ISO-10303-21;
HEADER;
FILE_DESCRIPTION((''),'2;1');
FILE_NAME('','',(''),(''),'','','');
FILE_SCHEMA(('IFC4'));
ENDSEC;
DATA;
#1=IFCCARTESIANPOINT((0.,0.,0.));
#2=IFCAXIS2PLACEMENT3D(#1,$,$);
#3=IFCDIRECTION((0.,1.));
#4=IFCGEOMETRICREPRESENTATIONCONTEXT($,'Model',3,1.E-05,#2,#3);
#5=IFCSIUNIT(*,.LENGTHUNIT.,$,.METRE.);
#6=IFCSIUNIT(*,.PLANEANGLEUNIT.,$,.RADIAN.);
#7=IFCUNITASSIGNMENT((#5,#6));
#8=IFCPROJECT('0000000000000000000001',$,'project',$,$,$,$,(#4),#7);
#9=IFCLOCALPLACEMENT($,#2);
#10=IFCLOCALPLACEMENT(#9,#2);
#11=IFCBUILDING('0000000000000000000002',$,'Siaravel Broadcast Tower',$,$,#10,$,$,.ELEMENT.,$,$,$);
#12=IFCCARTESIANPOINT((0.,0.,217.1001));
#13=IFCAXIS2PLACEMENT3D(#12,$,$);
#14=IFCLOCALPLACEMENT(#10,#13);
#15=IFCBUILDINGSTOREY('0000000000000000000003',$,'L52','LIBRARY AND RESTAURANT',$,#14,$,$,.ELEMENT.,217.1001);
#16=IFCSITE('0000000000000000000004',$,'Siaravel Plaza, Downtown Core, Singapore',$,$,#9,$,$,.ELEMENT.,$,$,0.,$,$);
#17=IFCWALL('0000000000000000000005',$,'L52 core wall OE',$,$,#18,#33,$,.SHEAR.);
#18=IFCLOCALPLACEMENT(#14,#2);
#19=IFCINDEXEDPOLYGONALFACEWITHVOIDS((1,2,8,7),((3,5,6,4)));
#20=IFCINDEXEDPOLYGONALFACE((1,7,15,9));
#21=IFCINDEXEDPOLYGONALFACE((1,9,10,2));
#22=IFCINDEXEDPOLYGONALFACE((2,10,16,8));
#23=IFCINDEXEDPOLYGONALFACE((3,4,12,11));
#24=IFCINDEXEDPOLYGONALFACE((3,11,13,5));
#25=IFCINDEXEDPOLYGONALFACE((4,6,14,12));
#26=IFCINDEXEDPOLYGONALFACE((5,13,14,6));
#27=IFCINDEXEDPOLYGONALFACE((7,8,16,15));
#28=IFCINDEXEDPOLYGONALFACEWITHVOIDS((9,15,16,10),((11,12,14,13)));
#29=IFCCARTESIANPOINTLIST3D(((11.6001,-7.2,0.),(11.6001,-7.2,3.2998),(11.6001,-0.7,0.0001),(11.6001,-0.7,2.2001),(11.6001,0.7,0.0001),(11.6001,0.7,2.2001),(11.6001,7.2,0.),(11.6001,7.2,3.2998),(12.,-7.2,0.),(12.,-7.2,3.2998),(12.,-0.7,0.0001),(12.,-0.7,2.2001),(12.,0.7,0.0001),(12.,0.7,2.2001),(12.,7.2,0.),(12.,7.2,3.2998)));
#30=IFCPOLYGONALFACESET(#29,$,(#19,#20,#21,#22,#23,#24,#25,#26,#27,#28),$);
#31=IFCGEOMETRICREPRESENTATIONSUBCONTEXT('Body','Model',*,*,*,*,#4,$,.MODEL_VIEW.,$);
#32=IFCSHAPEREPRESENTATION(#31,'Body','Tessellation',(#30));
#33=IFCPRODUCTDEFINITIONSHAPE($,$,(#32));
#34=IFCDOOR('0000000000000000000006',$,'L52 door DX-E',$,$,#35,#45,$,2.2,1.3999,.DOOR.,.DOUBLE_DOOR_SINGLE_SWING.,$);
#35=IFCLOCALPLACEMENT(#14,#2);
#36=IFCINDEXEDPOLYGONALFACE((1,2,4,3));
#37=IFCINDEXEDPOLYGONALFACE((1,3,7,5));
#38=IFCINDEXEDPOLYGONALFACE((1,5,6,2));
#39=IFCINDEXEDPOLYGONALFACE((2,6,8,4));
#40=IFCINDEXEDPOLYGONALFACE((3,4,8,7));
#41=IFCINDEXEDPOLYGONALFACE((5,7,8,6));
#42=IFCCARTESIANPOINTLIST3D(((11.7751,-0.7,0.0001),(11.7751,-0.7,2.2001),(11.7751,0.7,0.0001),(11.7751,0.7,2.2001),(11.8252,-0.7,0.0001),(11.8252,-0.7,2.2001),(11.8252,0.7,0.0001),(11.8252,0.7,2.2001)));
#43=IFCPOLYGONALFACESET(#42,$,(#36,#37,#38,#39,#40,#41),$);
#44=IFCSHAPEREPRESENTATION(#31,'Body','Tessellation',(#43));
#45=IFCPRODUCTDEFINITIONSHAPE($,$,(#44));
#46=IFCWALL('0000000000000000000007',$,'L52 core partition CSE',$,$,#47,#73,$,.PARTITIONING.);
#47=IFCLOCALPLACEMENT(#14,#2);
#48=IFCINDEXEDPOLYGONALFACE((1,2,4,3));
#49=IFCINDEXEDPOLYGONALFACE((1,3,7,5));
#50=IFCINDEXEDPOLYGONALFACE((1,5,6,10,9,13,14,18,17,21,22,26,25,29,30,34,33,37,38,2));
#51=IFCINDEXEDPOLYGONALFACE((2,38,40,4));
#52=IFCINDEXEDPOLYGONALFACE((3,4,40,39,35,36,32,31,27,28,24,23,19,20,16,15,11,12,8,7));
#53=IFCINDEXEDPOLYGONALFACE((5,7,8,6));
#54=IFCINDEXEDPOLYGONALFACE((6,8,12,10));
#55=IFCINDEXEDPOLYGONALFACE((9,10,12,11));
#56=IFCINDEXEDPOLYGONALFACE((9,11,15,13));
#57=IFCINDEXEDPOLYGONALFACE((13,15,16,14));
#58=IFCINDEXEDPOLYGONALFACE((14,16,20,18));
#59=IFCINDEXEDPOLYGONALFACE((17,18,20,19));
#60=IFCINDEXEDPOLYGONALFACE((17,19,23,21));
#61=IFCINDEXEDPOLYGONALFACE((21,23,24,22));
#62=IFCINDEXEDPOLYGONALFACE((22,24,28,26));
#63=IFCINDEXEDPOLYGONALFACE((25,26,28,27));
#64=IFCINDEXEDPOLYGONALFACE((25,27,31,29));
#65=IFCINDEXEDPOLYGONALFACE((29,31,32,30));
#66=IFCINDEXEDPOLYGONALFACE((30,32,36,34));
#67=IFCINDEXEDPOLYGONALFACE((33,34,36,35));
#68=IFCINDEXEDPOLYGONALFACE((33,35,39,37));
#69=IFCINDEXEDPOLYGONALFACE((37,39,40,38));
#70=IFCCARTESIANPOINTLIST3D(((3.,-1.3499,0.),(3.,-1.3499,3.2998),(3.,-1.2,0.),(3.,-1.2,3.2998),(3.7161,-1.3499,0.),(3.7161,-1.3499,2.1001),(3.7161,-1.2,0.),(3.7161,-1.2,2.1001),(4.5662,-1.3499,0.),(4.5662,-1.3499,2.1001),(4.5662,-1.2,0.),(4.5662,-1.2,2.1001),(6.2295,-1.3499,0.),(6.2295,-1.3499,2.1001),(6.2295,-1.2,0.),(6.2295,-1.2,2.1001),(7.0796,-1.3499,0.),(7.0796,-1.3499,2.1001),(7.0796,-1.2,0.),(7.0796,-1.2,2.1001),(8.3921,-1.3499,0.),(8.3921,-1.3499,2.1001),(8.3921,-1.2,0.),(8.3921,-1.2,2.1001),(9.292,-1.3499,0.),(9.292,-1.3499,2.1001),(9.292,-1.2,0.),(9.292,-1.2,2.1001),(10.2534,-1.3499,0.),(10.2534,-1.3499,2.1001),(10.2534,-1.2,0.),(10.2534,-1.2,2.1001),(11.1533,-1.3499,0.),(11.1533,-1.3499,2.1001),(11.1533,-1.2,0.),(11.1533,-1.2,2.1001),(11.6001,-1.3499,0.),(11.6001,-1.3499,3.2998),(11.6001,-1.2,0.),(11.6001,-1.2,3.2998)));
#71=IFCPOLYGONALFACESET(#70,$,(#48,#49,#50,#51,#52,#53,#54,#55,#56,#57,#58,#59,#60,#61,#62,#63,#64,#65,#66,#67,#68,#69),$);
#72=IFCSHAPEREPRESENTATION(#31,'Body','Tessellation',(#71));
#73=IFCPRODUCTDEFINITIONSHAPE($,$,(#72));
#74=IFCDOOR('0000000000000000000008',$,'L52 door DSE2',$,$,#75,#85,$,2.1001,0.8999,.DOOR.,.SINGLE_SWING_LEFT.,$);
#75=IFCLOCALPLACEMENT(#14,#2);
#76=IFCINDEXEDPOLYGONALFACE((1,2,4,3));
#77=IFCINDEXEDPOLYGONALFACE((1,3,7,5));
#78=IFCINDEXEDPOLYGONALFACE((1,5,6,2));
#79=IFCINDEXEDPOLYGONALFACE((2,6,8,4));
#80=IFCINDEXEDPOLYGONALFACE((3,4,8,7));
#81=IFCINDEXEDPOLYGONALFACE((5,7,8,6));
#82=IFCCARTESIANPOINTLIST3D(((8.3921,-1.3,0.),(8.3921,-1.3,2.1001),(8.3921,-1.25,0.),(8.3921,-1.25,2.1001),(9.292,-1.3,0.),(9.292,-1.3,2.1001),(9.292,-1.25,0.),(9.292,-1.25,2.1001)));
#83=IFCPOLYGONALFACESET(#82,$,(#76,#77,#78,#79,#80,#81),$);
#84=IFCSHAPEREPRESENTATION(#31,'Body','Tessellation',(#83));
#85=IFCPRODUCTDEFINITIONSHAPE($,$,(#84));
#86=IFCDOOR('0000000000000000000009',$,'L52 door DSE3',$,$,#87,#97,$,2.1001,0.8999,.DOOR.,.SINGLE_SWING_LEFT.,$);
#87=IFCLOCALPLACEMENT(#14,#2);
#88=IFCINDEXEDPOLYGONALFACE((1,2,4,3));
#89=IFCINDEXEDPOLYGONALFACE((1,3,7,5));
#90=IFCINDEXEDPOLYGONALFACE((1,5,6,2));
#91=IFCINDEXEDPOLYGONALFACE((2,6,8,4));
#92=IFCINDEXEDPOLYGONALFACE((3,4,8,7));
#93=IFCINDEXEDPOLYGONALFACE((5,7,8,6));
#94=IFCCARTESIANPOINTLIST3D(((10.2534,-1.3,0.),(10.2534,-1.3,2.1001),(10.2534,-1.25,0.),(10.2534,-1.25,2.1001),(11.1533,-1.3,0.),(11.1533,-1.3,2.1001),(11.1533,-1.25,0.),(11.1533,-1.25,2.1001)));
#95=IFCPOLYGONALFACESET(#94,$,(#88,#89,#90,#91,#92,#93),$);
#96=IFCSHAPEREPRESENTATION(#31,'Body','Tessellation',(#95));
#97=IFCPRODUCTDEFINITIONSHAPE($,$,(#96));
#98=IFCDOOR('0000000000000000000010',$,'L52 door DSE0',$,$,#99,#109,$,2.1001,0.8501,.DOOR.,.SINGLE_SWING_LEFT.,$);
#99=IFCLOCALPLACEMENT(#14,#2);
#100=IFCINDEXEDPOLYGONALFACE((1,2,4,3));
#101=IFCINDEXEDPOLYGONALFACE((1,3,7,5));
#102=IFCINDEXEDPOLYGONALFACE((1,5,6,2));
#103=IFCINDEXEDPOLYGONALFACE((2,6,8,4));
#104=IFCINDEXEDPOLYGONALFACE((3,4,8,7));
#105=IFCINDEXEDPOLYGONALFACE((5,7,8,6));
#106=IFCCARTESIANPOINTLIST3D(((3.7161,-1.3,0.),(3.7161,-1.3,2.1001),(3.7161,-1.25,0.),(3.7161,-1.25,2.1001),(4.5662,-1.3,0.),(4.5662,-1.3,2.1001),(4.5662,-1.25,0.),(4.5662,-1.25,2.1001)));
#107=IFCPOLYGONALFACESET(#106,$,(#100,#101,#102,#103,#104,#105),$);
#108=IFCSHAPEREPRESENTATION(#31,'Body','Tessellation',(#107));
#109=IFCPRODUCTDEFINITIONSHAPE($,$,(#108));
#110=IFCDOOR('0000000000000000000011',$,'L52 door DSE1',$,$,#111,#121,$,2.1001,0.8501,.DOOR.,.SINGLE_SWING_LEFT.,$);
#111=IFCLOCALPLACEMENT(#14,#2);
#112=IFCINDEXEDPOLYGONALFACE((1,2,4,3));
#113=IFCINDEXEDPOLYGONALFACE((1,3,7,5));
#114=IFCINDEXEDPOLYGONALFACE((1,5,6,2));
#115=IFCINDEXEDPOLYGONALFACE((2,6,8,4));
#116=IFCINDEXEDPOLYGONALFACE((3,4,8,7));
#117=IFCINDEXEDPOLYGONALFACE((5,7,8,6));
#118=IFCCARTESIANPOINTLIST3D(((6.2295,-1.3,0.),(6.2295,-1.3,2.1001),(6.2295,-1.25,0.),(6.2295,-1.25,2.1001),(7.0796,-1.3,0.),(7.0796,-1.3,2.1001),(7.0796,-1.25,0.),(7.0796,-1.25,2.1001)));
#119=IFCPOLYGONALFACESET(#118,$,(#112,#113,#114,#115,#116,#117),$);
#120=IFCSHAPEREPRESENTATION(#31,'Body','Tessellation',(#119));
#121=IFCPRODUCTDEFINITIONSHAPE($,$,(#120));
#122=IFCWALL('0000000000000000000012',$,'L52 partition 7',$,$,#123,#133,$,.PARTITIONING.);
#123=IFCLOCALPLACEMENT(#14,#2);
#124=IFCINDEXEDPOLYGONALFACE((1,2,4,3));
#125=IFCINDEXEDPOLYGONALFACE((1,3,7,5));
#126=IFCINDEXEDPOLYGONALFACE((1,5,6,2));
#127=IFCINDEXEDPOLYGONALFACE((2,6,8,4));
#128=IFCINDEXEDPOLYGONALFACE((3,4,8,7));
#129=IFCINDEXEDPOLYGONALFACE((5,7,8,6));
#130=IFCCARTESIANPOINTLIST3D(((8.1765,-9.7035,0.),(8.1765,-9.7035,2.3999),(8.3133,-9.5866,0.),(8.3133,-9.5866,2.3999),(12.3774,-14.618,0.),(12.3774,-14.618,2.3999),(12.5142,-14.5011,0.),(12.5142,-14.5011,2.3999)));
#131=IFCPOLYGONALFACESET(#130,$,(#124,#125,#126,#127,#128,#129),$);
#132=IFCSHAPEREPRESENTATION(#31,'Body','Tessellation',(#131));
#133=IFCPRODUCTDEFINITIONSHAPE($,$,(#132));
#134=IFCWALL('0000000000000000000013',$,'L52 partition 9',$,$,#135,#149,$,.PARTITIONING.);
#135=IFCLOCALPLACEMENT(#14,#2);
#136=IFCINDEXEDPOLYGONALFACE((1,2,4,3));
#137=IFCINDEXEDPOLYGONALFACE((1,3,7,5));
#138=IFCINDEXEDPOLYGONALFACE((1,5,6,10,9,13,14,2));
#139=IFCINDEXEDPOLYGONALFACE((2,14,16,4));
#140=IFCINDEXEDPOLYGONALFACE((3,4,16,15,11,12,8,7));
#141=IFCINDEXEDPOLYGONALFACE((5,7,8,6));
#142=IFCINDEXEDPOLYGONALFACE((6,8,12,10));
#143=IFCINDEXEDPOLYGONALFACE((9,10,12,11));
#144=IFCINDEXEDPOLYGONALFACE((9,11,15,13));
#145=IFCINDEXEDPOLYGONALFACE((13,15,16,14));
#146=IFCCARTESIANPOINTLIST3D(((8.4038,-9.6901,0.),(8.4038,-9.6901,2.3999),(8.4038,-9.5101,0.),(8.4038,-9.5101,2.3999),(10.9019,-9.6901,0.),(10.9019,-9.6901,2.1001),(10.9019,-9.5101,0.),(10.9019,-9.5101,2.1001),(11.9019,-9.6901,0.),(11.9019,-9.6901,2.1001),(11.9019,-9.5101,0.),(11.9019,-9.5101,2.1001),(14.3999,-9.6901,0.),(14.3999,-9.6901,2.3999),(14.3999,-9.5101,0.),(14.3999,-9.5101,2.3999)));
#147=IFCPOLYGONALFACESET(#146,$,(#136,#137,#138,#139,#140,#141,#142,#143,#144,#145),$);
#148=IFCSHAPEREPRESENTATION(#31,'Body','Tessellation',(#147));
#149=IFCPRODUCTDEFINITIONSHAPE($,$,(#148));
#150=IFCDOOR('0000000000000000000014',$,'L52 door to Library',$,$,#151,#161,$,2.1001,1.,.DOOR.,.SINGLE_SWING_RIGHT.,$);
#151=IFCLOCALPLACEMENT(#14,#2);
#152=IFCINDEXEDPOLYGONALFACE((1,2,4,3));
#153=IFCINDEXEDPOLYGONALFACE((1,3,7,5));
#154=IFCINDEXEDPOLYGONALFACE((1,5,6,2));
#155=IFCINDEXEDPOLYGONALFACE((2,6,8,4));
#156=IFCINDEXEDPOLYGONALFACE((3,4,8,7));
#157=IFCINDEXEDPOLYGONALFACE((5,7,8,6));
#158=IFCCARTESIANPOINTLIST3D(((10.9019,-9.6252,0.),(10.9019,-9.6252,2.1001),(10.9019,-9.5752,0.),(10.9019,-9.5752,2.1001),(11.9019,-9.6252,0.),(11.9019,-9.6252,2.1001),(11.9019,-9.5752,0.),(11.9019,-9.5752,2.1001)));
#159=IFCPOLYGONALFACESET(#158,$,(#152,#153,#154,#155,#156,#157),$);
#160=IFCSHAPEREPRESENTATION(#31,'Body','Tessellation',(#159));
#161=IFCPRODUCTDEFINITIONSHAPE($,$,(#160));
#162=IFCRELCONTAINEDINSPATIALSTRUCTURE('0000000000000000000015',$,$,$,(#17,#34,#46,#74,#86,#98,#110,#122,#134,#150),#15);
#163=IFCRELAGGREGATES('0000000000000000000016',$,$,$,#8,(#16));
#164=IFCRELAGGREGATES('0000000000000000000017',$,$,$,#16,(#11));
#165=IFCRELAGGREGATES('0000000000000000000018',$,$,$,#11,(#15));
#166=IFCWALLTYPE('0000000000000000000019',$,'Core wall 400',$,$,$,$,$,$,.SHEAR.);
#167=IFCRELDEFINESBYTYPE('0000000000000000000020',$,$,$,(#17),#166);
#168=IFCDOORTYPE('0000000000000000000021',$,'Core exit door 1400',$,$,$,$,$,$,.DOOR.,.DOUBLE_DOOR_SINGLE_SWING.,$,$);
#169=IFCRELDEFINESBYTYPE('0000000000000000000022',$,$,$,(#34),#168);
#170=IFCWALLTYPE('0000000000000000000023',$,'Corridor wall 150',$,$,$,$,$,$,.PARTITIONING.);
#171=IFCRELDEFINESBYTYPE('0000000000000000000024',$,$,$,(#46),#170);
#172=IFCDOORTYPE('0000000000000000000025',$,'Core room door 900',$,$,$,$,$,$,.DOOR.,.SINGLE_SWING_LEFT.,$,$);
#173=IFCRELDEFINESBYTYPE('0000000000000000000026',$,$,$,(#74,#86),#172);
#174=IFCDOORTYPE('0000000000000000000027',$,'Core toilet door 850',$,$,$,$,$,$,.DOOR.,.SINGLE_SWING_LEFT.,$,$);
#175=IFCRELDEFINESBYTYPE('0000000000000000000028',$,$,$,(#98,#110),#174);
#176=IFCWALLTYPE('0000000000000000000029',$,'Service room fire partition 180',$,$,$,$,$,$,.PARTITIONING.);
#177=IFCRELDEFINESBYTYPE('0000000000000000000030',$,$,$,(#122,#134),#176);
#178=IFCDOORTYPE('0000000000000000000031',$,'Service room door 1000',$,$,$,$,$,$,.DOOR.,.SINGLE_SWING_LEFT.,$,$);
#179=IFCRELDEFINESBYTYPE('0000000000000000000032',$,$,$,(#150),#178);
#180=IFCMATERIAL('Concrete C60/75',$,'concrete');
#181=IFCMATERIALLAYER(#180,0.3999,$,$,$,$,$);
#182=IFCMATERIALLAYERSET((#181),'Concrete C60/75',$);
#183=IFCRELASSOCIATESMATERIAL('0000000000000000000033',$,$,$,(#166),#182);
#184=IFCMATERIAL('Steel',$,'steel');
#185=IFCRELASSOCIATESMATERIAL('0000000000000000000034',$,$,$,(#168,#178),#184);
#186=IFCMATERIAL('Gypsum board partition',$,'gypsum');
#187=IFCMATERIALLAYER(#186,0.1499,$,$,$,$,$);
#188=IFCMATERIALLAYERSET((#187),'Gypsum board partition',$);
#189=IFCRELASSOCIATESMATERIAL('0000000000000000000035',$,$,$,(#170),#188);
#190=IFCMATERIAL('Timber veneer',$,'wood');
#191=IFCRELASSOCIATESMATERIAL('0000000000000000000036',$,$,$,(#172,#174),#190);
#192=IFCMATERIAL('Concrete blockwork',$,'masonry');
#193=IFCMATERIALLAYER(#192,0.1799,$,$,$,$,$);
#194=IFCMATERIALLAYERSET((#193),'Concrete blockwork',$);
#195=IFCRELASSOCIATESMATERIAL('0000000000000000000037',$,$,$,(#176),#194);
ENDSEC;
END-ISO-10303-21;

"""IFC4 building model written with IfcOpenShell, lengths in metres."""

from ifc_helpers import new_model, si_unit, direction, frame, frame_2d, origin, place, context, subcontext, project, spatial, rectangle, extrude, material, layer, layer_set, type_object, element, fill, save


model = new_model("IFC4")

# Units and contexts
model_context = context("Model", 3, precision=1e-05, world=origin(), true_north=direction((0.0, 1.0)))
body_context = subcontext(model_context, "Body", "Model", "MODEL_VIEW")
ifc_project = project(units=[si_unit("LENGTHUNIT", "METRE"), si_unit("PLANEANGLEUNIT", "RADIAN")], contexts=[model_context])

# Site, building, storey
site_placement = place(None, origin())
site = spatial("IfcSite", under=ifc_project, at=site_placement, Name="Siaravel Plaza, Downtown Core, Singapore", CompositionType="ELEMENT", RefElevation=0.0)
building_placement = place(site_placement, origin())
building = spatial("IfcBuilding", under=site, at=building_placement, Name="Siaravel Broadcast Tower", CompositionType="ELEMENT")
storey_placement = place(building_placement, frame((0.0, 0.0, 217.1001)))
storey = spatial("IfcBuildingStorey", under=building, at=storey_placement, Name="L52", Description="LIBRARY AND RESTAURANT", CompositionType="ELEMENT", Elevation=217.1001)

# Shared definitions
ifc_material_1 = material(Name="Concrete blockwork", Category="masonry")

# Wall, opening, door
ifc_material_2 = material(Name="Concrete C60/75", Category="concrete")
ifc_layer_1 = layer(ifc_material_2, 0.3999)
ifc_layer_set_1 = layer_set([ifc_layer_1], Name="Concrete C60/75")
wall_type_1 = type_object("IfcWallType", Name="Core wall 400", PredefinedType="SHEAR", material=ifc_layer_set_1)
wall_1_placement = place(storey_placement, frame((11.8, -7.2, 0.0), z_axis=(0.0, 0.0, 1.0), x_axis=(0.0, 1.0, 0.0)))
wall_1 = element("IfcWall", 1, at=wall_1_placement, inside=storey, type_object=wall_type_1, Name="L52 core wall OE", PredefinedType="SHEAR", context=body_context, shape_type="SweptSolid", body=[
    extrude(rectangle(XDim=14.3999, YDim=0.3999, at=frame_2d((7.2, 0.0))), origin(), (0.0, 0.0, 1.0), 3.2998),
])
opening_1_placement = place(wall_1_placement, frame((6.5, 0.0, 0.0)))
opening_1 = element("IfcOpeningElement", 2, at=opening_1_placement, cuts=wall_1, PredefinedType="OPENING", context=body_context, shape_type="SweptSolid", body=[
    extrude(rectangle(XDim=1.3999, YDim=2.2, at=frame_2d((0.7, 1.1001))), frame((0.0, 0.21, 0.0), z_axis=(0.0, -1.0, 0.0), x_axis=(1.0, 0.0, 0.0)), (0.0, 0.0, 1.0), 0.4199),
])
ifc_material_3 = material(Name="Steel", Category="steel")
door_type_1 = type_object("IfcDoorType", Name="Core exit door 1400", OperationType="DOUBLE_DOOR_SINGLE_SWING", PredefinedType="DOOR", material=ifc_material_3)
door_1_placement = place(opening_1_placement, origin())
door_1 = element("IfcDoor", 3, at=door_1_placement, inside=storey, type_object=door_type_1, Name="L52 door DX-E", OperationType="DOUBLE_DOOR_SINGLE_SWING", OverallHeight=2.2, OverallWidth=1.3999, PredefinedType="DOOR", context=body_context, shape_type="SweptSolid", body=[
    extrude(rectangle(XDim=1.3999, YDim=2.2, at=frame_2d((0.7, 1.1001))), frame((0.0, 0.0249, 0.0), z_axis=(0.0, -1.0, 0.0), x_axis=(1.0, 0.0, 0.0)), (0.0, 0.0, 1.0), 0.05),
])
fill(opening_1, door_1)

# Wall, openings, doors
ifc_material_4 = material(Name="Gypsum board partition", Category="gypsum")
ifc_layer_2 = layer(ifc_material_4, 0.1499)
ifc_layer_set_2 = layer_set([ifc_layer_2], Name="Gypsum board partition")
wall_type_2 = type_object("IfcWallType", Name="Corridor wall 150", PredefinedType="PARTITIONING", material=ifc_layer_set_2)
wall_2_placement = place(storey_placement, frame((3.0, -1.2749, 0.0), z_axis=(0.0, 0.0, 1.0), x_axis=(1.0, 0.0, 0.0)))
wall_2 = element("IfcWall", 4, at=wall_2_placement, inside=storey, type_object=wall_type_2, Name="L52 core partition CSE", PredefinedType="PARTITIONING", context=body_context, shape_type="SweptSolid", body=[
    extrude(rectangle(XDim=8.6001, YDim=0.1499, at=frame_2d((4.3, 0.0))), origin(), (0.0, 0.0, 1.0), 3.2998),
])
opening_2_placement = place(wall_2_placement, frame((0.7161, 0.0, 0.0)))
opening_2 = element("IfcOpeningElement", 5, at=opening_2_placement, cuts=wall_2, PredefinedType="OPENING", context=body_context, shape_type="SweptSolid", body=[
    extrude(rectangle(XDim=0.8501, YDim=2.1001, at=frame_2d((0.425, 1.05))), frame((0.0, 0.085, 0.0), z_axis=(0.0, -1.0, 0.0), x_axis=(1.0, 0.0, 0.0)), (0.0, 0.0, 1.0), 0.1699),
])
opening_3_placement = place(wall_2_placement, frame((3.2295, 0.0, 0.0)))
opening_3 = element("IfcOpeningElement", 6, at=opening_3_placement, cuts=wall_2, PredefinedType="OPENING", context=body_context, shape_type="SweptSolid", body=[
    extrude(rectangle(XDim=0.8501, YDim=2.1001, at=frame_2d((0.425, 1.05))), frame((0.0, 0.085, 0.0), z_axis=(0.0, -1.0, 0.0), x_axis=(1.0, 0.0, 0.0)), (0.0, 0.0, 1.0), 0.1699),
])
opening_4_placement = place(wall_2_placement, frame((5.3921, 0.0, 0.0)))
opening_4 = element("IfcOpeningElement", 7, at=opening_4_placement, cuts=wall_2, PredefinedType="OPENING", context=body_context, shape_type="SweptSolid", body=[
    extrude(rectangle(XDim=0.8999, YDim=2.1001, at=frame_2d((0.45, 1.05))), frame((0.0, 0.085, 0.0), z_axis=(0.0, -1.0, 0.0), x_axis=(1.0, 0.0, 0.0)), (0.0, 0.0, 1.0), 0.1699),
])
opening_5_placement = place(wall_2_placement, frame((7.2534, 0.0, 0.0)))
opening_5 = element("IfcOpeningElement", 8, at=opening_5_placement, cuts=wall_2, PredefinedType="OPENING", context=body_context, shape_type="SweptSolid", body=[
    extrude(rectangle(XDim=0.8999, YDim=2.1001, at=frame_2d((0.45, 1.05))), frame((0.0, 0.085, 0.0), z_axis=(0.0, -1.0, 0.0), x_axis=(1.0, 0.0, 0.0)), (0.0, 0.0, 1.0), 0.1699),
])
ifc_material_5 = material(Name="Timber veneer", Category="wood")
door_type_2 = type_object("IfcDoorType", Name="Core room door 900", OperationType="SINGLE_SWING_LEFT", PredefinedType="DOOR", material=ifc_material_5)
door_2_placement = place(opening_4_placement, origin())
door_2 = element("IfcDoor", 9, at=door_2_placement, inside=storey, type_object=door_type_2, Name="L52 door DSE2", OperationType="SINGLE_SWING_LEFT", OverallHeight=2.1001, OverallWidth=0.8999, PredefinedType="DOOR", context=body_context, shape_type="SweptSolid", body=[
    extrude(rectangle(XDim=0.8999, YDim=2.1001, at=frame_2d((0.45, 1.05))), frame((0.0, 0.0249, 0.0), z_axis=(0.0, -1.0, 0.0), x_axis=(1.0, 0.0, 0.0)), (0.0, 0.0, 1.0), 0.05),
])
fill(opening_4, door_2)
door_3_placement = place(opening_5_placement, origin())
door_3 = element("IfcDoor", 10, at=door_3_placement, inside=storey, type_object=door_type_2, Name="L52 door DSE3", OperationType="SINGLE_SWING_LEFT", OverallHeight=2.1001, OverallWidth=0.8999, PredefinedType="DOOR", context=body_context, shape_type="SweptSolid", body=[
    extrude(rectangle(XDim=0.8999, YDim=2.1001, at=frame_2d((0.45, 1.05))), frame((0.0, 0.0249, 0.0), z_axis=(0.0, -1.0, 0.0), x_axis=(1.0, 0.0, 0.0)), (0.0, 0.0, 1.0), 0.05),
])
fill(opening_5, door_3)
door_type_3 = type_object("IfcDoorType", Name="Core toilet door 850", OperationType="SINGLE_SWING_LEFT", PredefinedType="DOOR", material=ifc_material_5)
door_4_placement = place(opening_2_placement, origin())
door_4 = element("IfcDoor", 11, at=door_4_placement, inside=storey, type_object=door_type_3, Name="L52 door DSE0", OperationType="SINGLE_SWING_LEFT", OverallHeight=2.1001, OverallWidth=0.8501, PredefinedType="DOOR", context=body_context, shape_type="SweptSolid", body=[
    extrude(rectangle(XDim=0.8501, YDim=2.1001, at=frame_2d((0.425, 1.05))), frame((0.0, 0.0249, 0.0), z_axis=(0.0, -1.0, 0.0), x_axis=(1.0, 0.0, 0.0)), (0.0, 0.0, 1.0), 0.05),
])
fill(opening_2, door_4)
door_5_placement = place(opening_3_placement, origin())
door_5 = element("IfcDoor", 12, at=door_5_placement, inside=storey, type_object=door_type_3, Name="L52 door DSE1", OperationType="SINGLE_SWING_LEFT", OverallHeight=2.1001, OverallWidth=0.8501, PredefinedType="DOOR", context=body_context, shape_type="SweptSolid", body=[
    extrude(rectangle(XDim=0.8501, YDim=2.1001, at=frame_2d((0.425, 1.05))), frame((0.0, 0.0249, 0.0), z_axis=(0.0, -1.0, 0.0), x_axis=(1.0, 0.0, 0.0)), (0.0, 0.0, 1.0), 0.05),
])
fill(opening_3, door_5)

# Wall
ifc_layer_3 = layer(ifc_material_1, 0.1799)
ifc_layer_set_3 = layer_set([ifc_layer_3], Name="Concrete blockwork")
wall_type_3 = type_object("IfcWallType", Name="Service room fire partition 180", PredefinedType="PARTITIONING", material=ifc_layer_set_3)
wall_3_placement = place(storey_placement, frame((12.4458, -14.5596, 0.0), z_axis=(0.0, 0.0, 1.0), x_axis=(-0.649761, 0.760138, 0.0)))
element("IfcWall", 13, at=wall_3_placement, inside=storey, type_object=wall_type_3, Name="L52 partition 7", PredefinedType="PARTITIONING", context=body_context, shape_type="SweptSolid", body=[
    extrude(rectangle(XDim=6.4653, YDim=0.1799, at=frame_2d((3.2327, 0.0))), origin(), (0.0, 0.0, 1.0), 2.3999),
])

# Wall, opening, door
wall_4_placement = place(storey_placement, frame((8.4038, -9.6001, 0.0), z_axis=(0.0, 0.0, 1.0), x_axis=(1.0, 0.0, 0.0)))
wall_4 = element("IfcWall", 14, at=wall_4_placement, inside=storey, type_object=wall_type_3, Name="L52 partition 9", PredefinedType="PARTITIONING", context=body_context, shape_type="SweptSolid", body=[
    extrude(rectangle(XDim=5.9961, YDim=0.1799, at=frame_2d((2.998, 0.0))), origin(), (0.0, 0.0, 1.0), 2.3999),
])
opening_6_placement = place(wall_4_placement, frame((2.498, 0.0, 0.0)))
opening_6 = element("IfcOpeningElement", 15, at=opening_6_placement, cuts=wall_4, PredefinedType="OPENING", context=body_context, shape_type="SweptSolid", body=[
    extrude(rectangle(XDim=1.0, YDim=2.1001, at=frame_2d((0.5, 1.05))), frame((0.0, 0.0999, 0.0), z_axis=(0.0, -1.0, 0.0), x_axis=(1.0, 0.0, 0.0)), (0.0, 0.0, 1.0), 0.2),
])
door_type_4 = type_object("IfcDoorType", Name="Service room door 1000", OperationType="SINGLE_SWING_LEFT", PredefinedType="DOOR", material=ifc_material_3)
door_6_placement = place(opening_6_placement, origin())
door_6 = element("IfcDoor", 16, at=door_6_placement, inside=storey, type_object=door_type_4, Name="L52 door to Library", OperationType="SINGLE_SWING_RIGHT", OverallHeight=2.1001, OverallWidth=1.0, PredefinedType="DOOR", context=body_context, shape_type="SweptSolid", body=[
    extrude(rectangle(XDim=1.0, YDim=2.1001, at=frame_2d((0.5, 1.05))), frame((0.0, 0.0249, 0.0), z_axis=(0.0, -1.0, 0.0), x_axis=(1.0, 0.0, 0.0)), (0.0, 0.0, 1.0), 0.05),
])
fill(opening_6, door_6)

save(model, "model.ifc")
